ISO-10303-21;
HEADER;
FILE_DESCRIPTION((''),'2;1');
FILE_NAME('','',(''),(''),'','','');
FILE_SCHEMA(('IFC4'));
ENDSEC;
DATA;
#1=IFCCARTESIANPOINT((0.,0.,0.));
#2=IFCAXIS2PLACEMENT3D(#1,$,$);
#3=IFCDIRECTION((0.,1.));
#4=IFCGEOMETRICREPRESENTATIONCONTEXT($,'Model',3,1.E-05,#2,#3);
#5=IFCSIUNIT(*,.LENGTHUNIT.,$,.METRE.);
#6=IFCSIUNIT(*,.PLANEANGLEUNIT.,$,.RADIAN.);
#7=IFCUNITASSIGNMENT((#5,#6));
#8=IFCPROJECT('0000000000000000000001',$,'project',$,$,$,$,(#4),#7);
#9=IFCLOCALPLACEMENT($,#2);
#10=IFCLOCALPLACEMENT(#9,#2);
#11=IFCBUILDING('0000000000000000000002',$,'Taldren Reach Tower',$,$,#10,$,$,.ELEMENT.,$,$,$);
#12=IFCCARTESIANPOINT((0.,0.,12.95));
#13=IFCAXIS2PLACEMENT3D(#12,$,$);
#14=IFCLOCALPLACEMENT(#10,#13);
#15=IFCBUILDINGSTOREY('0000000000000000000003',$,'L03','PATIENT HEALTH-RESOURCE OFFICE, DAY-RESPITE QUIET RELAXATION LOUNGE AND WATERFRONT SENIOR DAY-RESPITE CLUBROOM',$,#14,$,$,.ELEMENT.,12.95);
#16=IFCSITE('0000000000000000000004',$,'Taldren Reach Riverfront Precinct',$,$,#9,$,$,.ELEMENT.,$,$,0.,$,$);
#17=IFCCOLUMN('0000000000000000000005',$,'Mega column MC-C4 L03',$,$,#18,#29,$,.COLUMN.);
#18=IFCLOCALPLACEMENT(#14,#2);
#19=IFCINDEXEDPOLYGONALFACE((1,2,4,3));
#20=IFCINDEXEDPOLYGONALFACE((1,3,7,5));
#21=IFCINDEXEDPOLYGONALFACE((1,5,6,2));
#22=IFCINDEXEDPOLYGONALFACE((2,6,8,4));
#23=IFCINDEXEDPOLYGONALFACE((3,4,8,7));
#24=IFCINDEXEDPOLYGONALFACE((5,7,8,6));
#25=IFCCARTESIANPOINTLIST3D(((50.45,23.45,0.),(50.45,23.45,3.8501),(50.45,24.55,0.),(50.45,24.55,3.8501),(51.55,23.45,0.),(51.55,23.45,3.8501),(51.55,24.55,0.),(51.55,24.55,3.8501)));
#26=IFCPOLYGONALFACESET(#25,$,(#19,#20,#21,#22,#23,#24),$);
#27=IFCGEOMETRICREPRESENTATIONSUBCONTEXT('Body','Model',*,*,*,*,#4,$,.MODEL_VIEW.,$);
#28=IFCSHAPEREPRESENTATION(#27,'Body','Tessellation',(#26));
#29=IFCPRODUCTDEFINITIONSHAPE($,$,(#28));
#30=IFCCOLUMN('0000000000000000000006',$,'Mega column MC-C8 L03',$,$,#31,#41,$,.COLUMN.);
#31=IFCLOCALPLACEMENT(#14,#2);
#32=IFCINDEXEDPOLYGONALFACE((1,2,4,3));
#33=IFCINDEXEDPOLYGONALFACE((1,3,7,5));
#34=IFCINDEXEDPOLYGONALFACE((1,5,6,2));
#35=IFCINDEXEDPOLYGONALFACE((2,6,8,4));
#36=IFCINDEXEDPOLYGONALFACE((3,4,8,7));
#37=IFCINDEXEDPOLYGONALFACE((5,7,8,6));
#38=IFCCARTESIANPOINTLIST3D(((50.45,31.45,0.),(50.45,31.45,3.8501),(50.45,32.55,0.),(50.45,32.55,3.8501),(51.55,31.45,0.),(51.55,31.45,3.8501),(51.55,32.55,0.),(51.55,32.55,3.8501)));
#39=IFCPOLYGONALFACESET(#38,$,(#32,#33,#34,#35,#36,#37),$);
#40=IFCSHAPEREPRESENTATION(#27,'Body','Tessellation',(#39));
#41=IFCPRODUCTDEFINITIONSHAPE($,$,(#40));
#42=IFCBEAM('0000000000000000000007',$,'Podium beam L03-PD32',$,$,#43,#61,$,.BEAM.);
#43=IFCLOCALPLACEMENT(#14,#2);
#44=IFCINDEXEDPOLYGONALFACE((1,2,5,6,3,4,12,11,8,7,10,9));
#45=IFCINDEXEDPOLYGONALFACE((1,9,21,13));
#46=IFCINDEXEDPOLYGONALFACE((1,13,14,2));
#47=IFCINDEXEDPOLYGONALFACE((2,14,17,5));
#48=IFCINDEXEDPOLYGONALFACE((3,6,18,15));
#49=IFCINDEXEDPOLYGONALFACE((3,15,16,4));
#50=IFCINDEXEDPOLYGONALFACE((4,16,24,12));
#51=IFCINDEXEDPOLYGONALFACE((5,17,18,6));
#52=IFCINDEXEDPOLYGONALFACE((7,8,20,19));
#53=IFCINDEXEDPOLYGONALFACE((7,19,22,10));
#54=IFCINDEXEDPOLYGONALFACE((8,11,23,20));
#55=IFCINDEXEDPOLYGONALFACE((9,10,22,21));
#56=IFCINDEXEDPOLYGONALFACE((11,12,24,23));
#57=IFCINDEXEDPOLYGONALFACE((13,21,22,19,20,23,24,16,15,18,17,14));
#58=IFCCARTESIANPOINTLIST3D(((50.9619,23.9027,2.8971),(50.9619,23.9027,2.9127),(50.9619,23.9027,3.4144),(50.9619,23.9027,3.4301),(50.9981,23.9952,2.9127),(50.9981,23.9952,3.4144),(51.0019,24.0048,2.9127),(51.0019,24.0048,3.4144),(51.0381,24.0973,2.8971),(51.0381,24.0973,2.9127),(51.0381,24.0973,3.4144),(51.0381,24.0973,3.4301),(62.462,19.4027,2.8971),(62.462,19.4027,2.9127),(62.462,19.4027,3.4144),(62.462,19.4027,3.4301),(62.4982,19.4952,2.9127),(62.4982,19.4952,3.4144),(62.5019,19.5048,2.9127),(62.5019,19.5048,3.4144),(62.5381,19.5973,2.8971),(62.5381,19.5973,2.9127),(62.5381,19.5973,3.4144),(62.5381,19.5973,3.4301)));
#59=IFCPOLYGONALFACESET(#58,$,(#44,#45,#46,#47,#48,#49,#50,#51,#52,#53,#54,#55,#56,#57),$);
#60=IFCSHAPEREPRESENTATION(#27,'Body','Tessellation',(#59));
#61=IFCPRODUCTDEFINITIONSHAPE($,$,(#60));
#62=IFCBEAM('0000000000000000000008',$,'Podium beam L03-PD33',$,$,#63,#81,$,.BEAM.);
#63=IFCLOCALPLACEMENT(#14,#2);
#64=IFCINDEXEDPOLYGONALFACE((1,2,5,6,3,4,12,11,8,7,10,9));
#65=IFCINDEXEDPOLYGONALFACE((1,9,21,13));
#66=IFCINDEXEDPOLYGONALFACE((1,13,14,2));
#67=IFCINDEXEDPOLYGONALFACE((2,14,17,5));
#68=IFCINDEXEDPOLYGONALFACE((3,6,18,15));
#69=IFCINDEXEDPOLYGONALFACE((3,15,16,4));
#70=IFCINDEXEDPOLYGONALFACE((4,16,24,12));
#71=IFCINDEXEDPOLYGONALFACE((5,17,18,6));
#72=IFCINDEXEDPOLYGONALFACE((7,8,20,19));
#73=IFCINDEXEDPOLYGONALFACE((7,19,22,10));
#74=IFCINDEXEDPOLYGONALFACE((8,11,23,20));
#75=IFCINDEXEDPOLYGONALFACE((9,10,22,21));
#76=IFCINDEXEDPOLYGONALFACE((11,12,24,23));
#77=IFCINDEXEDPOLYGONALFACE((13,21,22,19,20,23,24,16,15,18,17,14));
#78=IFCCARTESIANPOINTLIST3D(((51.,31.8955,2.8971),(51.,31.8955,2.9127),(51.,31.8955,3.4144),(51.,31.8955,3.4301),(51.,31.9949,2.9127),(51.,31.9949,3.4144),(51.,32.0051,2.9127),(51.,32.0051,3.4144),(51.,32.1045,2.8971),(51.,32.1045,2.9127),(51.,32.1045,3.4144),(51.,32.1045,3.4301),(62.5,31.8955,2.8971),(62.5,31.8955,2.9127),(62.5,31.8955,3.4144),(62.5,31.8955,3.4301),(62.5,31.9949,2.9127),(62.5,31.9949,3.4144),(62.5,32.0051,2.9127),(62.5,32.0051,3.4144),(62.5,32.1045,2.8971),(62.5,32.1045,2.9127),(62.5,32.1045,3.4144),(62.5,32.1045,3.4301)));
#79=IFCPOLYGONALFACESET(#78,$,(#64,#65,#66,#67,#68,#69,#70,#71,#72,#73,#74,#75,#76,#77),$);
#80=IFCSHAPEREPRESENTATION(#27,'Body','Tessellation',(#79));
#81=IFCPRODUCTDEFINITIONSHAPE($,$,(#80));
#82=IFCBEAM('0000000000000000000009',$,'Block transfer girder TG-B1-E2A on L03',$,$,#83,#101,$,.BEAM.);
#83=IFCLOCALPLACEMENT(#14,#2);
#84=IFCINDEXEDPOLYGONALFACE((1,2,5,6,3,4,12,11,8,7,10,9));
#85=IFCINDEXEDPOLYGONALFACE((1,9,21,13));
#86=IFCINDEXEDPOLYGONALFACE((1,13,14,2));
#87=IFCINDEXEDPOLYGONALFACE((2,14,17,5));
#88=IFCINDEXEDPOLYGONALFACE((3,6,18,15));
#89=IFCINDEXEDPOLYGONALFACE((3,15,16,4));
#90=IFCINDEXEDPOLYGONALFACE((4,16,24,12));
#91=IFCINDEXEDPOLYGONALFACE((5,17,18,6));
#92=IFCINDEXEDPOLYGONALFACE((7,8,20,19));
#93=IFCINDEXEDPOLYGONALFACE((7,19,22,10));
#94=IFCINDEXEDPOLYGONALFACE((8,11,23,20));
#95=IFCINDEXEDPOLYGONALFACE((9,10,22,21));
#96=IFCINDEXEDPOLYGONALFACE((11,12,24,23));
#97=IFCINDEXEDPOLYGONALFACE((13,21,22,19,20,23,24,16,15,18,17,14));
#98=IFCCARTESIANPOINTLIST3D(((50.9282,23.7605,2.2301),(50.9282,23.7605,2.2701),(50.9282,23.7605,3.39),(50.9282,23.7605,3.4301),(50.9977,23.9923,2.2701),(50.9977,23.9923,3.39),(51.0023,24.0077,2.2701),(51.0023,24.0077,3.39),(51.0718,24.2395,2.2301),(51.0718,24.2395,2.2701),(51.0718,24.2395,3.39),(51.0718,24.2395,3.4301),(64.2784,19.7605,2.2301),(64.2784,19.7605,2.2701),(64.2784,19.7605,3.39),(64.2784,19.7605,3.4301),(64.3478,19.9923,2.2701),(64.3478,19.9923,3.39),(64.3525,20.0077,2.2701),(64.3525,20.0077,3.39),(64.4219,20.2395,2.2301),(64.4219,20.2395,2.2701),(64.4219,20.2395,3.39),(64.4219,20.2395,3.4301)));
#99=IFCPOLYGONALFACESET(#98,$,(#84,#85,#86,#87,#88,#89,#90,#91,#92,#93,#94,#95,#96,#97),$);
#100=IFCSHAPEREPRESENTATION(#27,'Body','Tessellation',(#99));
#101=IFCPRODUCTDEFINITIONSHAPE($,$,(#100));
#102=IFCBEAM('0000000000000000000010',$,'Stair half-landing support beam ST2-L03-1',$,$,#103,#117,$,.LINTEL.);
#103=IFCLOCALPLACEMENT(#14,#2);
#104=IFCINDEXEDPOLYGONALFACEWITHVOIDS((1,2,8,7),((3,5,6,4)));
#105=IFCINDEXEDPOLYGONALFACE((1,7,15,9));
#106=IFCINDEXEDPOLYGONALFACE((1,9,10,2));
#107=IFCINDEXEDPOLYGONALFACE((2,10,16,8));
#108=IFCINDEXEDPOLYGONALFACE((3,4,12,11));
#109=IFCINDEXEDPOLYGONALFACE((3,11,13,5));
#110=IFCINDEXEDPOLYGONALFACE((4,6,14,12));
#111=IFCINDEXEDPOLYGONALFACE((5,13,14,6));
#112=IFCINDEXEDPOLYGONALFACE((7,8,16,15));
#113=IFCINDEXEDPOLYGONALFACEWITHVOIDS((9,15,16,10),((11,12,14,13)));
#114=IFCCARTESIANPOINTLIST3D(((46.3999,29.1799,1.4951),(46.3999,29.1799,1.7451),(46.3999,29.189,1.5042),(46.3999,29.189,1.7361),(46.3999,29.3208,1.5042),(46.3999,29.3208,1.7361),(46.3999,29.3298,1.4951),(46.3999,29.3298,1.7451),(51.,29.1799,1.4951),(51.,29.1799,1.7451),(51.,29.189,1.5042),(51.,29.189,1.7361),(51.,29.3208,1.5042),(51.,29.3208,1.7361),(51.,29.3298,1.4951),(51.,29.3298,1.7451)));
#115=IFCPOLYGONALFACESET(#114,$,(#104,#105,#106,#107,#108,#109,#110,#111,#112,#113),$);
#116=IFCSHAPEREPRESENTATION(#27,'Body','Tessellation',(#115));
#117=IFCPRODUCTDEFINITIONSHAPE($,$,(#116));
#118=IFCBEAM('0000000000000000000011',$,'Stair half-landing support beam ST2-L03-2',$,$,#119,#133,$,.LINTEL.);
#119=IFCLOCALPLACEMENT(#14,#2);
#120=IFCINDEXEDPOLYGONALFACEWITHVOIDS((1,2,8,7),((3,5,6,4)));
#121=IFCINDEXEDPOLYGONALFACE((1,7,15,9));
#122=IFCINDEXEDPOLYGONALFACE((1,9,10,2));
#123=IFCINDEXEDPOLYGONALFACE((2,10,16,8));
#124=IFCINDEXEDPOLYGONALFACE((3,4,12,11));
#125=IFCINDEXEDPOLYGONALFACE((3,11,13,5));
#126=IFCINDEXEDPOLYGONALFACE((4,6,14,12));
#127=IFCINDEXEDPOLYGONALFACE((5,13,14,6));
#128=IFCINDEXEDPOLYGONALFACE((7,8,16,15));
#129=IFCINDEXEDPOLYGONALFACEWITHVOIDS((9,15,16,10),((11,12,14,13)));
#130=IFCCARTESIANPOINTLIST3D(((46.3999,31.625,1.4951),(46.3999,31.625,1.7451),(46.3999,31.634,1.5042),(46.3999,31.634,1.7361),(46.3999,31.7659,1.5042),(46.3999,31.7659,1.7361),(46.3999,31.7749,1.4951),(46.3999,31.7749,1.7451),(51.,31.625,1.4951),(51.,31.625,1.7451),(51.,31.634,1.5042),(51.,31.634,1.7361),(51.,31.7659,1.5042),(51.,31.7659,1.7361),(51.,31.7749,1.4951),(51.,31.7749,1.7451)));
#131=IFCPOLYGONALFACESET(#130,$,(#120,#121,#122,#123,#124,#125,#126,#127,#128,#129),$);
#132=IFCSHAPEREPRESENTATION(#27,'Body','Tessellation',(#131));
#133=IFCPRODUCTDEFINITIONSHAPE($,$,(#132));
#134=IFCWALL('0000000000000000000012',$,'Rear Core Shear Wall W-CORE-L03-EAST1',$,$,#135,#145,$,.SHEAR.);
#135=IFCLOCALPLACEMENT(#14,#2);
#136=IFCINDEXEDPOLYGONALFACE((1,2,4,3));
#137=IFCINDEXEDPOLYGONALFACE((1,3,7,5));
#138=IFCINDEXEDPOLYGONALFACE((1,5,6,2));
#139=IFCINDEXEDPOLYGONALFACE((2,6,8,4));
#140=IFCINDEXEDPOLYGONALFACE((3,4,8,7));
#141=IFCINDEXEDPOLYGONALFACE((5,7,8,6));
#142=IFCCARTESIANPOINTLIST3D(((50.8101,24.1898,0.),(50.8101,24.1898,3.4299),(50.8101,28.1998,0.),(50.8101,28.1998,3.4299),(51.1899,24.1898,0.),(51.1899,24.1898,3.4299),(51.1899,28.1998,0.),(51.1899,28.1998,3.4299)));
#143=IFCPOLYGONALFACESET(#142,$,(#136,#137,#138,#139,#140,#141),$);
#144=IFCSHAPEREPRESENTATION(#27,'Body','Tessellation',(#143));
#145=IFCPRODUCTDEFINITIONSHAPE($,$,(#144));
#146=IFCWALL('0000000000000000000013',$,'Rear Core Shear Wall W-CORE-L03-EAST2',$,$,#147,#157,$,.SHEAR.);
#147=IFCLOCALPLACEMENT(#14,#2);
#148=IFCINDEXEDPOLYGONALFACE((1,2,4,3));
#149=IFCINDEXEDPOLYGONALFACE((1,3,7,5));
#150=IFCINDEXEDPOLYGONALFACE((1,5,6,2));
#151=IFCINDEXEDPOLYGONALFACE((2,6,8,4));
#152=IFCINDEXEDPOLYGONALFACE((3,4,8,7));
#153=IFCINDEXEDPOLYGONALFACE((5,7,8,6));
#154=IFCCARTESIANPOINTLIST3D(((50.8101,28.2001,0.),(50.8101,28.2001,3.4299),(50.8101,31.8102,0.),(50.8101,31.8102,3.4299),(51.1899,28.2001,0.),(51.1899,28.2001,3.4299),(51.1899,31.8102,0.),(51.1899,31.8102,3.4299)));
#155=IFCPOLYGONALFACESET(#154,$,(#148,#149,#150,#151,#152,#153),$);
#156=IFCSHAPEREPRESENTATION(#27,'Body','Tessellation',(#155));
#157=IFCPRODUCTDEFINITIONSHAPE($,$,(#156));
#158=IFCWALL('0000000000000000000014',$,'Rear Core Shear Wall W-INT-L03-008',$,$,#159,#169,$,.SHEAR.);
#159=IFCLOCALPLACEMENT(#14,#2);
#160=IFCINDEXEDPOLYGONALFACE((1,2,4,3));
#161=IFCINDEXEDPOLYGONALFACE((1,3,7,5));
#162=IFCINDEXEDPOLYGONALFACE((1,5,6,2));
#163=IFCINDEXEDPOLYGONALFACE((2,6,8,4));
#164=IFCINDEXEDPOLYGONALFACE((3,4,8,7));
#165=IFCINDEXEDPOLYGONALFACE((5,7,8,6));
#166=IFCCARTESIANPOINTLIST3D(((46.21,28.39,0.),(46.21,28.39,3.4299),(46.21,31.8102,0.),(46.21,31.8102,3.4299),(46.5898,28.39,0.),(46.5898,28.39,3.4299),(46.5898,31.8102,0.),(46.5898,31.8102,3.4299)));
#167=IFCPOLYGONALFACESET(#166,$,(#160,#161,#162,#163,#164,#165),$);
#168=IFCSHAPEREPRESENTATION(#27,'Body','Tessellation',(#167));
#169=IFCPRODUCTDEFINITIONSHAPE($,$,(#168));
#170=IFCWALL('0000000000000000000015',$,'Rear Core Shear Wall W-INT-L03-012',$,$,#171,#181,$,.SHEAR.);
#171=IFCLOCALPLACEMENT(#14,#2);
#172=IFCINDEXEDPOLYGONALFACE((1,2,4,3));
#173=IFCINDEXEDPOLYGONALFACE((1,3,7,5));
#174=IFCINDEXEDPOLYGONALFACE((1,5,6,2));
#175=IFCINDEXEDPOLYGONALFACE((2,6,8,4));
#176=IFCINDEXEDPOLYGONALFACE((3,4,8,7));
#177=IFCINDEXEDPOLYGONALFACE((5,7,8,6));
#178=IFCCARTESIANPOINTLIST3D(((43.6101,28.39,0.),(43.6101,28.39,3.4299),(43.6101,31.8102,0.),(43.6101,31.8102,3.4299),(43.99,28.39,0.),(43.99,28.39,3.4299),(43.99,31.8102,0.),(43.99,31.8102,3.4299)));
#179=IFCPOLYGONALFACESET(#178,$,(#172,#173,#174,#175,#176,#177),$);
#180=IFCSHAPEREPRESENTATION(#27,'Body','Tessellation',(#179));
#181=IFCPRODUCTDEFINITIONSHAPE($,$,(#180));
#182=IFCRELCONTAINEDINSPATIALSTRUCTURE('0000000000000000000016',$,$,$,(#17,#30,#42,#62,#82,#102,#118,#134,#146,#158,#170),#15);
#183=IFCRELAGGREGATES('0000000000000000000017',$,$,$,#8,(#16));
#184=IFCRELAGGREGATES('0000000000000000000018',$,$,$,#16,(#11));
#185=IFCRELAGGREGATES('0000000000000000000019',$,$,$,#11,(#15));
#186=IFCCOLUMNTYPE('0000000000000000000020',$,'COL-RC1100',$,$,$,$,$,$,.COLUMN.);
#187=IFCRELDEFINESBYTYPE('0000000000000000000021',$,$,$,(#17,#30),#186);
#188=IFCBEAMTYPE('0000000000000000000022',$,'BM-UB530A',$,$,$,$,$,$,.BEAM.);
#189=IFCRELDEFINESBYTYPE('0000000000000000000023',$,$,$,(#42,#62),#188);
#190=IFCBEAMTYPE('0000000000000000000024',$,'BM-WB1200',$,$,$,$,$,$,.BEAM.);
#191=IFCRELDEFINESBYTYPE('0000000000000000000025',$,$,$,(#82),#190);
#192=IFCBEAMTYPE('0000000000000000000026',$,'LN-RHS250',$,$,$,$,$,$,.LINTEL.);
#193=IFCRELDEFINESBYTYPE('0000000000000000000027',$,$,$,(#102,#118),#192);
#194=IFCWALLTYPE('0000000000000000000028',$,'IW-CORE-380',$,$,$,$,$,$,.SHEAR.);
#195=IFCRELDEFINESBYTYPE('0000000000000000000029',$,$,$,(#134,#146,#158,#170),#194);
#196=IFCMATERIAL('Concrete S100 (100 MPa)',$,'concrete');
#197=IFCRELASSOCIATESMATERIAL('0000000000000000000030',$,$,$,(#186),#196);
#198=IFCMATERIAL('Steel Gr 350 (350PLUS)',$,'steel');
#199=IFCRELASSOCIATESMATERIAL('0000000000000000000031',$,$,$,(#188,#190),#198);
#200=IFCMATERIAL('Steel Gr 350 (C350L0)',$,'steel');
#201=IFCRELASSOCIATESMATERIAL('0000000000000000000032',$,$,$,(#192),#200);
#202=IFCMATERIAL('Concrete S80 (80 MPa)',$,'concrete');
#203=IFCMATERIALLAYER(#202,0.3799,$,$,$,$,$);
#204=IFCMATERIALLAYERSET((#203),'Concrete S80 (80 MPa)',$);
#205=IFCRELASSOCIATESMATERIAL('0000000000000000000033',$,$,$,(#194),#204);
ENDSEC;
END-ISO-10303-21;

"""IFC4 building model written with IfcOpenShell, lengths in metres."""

from ifc_helpers import new_model, si_unit, direction, frame, frame_2d, origin, origin_2d, place, context, subcontext, project, spatial, rectangle, hollow_rectangle, i_section, extrude, source, transform, mapped, material, layer, layer_set, material_profile, profile_set, type_object, element, save


model = new_model("IFC4")

# Units and contexts
model_context = context("Model", 3, precision=1e-05, world=origin(), true_north=direction((0.0, 1.0)))
body_context = subcontext(model_context, "Body", "Model", "MODEL_VIEW")
ifc_project = project(units=[si_unit("LENGTHUNIT", "METRE"), si_unit("PLANEANGLEUNIT", "RADIAN")], contexts=[model_context])

# Site, building, storey
site_placement = place(None, origin())
site = spatial("IfcSite", under=ifc_project, at=site_placement, Name="Taldren Reach Riverfront Precinct", CompositionType="ELEMENT", RefElevation=0.0)
building_placement = place(site_placement, origin())
building = spatial("IfcBuilding", under=site, at=building_placement, Name="Taldren Reach Tower", CompositionType="ELEMENT")
storey_placement = place(building_placement, frame((0.0, 0.0, 12.95)))
storey = spatial("IfcBuildingStorey", under=building, at=storey_placement, Name="L03", Description="PATIENT HEALTH-RESOURCE OFFICE, DAY-RESPITE QUIET RELAXATION LOUNGE AND WATERFRONT SENIOR DAY-RESPITE CLUBROOM", CompositionType="ELEMENT", Elevation=12.95)

# Columns
ifc_material_1 = material(Name="Concrete S100 (100 MPa)", Category="concrete")
ifc_material_profile_1 = material_profile(ifc_material_1, rectangle(XDim=1.1001, YDim=1.1001, at=origin_2d()), Name="RC-1100x1100")
ifc_profile_set_1 = profile_set([ifc_material_profile_1], Name="Concrete S100 (100 MPa)")
column_type = type_object("IfcColumnType", Name="COL-RC1100", PredefinedType="COLUMN", material=ifc_profile_set_1)
shared_shape_1 = source(origin(), body_context, "Body", "SweptSolid", [
    extrude(rectangle(XDim=1.1001, YDim=1.1001, at=origin_2d()), origin(), (0.0, 0.0, 1.0), 3.8501),
])
for number, where, z_axis, x_axis, name in (
    (1, (51.0, 24.0, 0.0), (0.0, 0.0, 1.0), (1.0, 0.0, 0.0), "Mega column MC-C4 L03"),
    (2, (51.0, 32.0, 0.0), (0.0, 0.0, 1.0), (1.0, 0.0, 0.0), "Mega column MC-C8 L03"),
):
    element("IfcColumn", number, at=place(storey_placement, frame(where, z_axis=z_axis, x_axis=x_axis)), inside=storey, type_object=column_type, Name=name, PredefinedType="COLUMN", context=body_context, shape_type="MappedRepresentation", body=[
        mapped(shared_shape_1, transform((0.0, 0.0, 0.0), scale=1.0)),
    ])

# Beams
ifc_material_2 = material(Name="Steel Gr 350 (350PLUS)", Category="steel")
ifc_material_profile_2 = material_profile(ifc_material_2, i_section(OverallWidth=0.209, OverallDepth=0.533, WebThickness=0.0103, FlangeThickness=0.0156, at=origin_2d()), Name="530UB92.4")
ifc_profile_set_2 = profile_set([ifc_material_profile_2], Name="Steel Gr 350 (350PLUS)")
beam_type_1 = type_object("IfcBeamType", Name="BM-UB530A", PredefinedType="BEAM", material=ifc_profile_set_2)
shared_shape_2 = source(origin(), body_context, "Body", "SweptSolid", [
    extrude(i_section(OverallWidth=0.209, OverallDepth=0.533, WebThickness=0.0103, FlangeThickness=0.0156, at=origin_2d()), origin(), (0.0, 0.0, 1.0), 12.3491),
])
beam_1_placement = place(storey_placement, frame((51.0, 24.0, 3.1636), z_axis=(0.931243, -0.364399, 0.0), x_axis=(0.364399, 0.931243, 0.0)))
element("IfcBeam", 3, at=beam_1_placement, inside=storey, type_object=beam_type_1, Name="Podium beam L03-PD32", PredefinedType="BEAM", context=body_context, shape_type="MappedRepresentation", body=[
    mapped(shared_shape_2, transform((0.0, 0.0, 0.0), scale=1.0)),
])
shared_shape_3 = source(origin(), body_context, "Body", "SweptSolid", [
    extrude(i_section(OverallWidth=0.209, OverallDepth=0.533, WebThickness=0.0103, FlangeThickness=0.0156, at=origin_2d()), origin(), (0.0, 0.0, 1.0), 11.5),
])
beam_2_placement = place(storey_placement, frame((51.0, 32.0, 3.1636), z_axis=(1.0, 0.0, 0.0), x_axis=(0.0, 1.0, 0.0)))
element("IfcBeam", 4, at=beam_2_placement, inside=storey, type_object=beam_type_1, Name="Podium beam L03-PD33", PredefinedType="BEAM", context=body_context, shape_type="MappedRepresentation", body=[
    mapped(shared_shape_3, transform((0.0, 0.0, 0.0), scale=1.0)),
])
ifc_material_profile_3 = material_profile(ifc_material_2, i_section(OverallWidth=0.5, OverallDepth=1.2, WebThickness=0.0161, FlangeThickness=0.04, at=origin_2d()), Name="1200WB455")
ifc_profile_set_3 = profile_set([ifc_material_profile_3], Name="Steel Gr 350 (350PLUS)")
beam_type_2 = type_object("IfcBeamType", Name="BM-WB1200", PredefinedType="BEAM", material=ifc_profile_set_3)
shared_shape_4 = source(origin(), body_context, "Body", "SweptSolid", [
    extrude(i_section(OverallWidth=0.5, OverallDepth=1.2, WebThickness=0.0161, FlangeThickness=0.04, at=origin_2d()), origin(), (0.0, 0.0, 1.0), 13.9365),
])
beam_3_placement = place(storey_placement, frame((51.0, 24.0, 2.8301), z_axis=(0.957926, -0.287017, 0.0), x_axis=(0.287017, 0.957926, 0.0)))
element("IfcBeam", 5, at=beam_3_placement, inside=storey, type_object=beam_type_2, Name="Block transfer girder TG-B1-E2A on L03", PredefinedType="BEAM", context=body_context, shape_type="MappedRepresentation", body=[
    mapped(shared_shape_4, transform((0.0, 0.0, 0.0), scale=1.0)),
])
ifc_material_3 = material(Name="Steel Gr 350 (C350L0)", Category="steel")
ifc_material_profile_4 = material_profile(ifc_material_3, hollow_rectangle(XDim=0.1499, YDim=0.25, WallThickness=0.009, at=origin_2d()), Name="250x150x9.0RHS")
ifc_profile_set_4 = profile_set([ifc_material_profile_4], Name="Steel Gr 350 (C350L0)")
beam_type_3 = type_object("IfcBeamType", Name="LN-RHS250", PredefinedType="LINTEL", material=ifc_profile_set_4)
shared_shape_5 = source(origin(), body_context, "Body", "SweptSolid", [
    extrude(hollow_rectangle(XDim=0.1499, YDim=0.25, WallThickness=0.009, at=origin_2d()), origin(), (0.0, 0.0, 1.0), 4.6001),
])
for number, where, z_axis, x_axis, name in (
    (6, (46.3999, 29.2549, 1.6201), (1.0, 0.0, 0.0), (0.0, 1.0, 0.0), "Stair half-landing support beam ST2-L03-1"),
    (7, (46.3999, 31.7, 1.6201), (1.0, 0.0, 0.0), (0.0, 1.0, 0.0), "Stair half-landing support beam ST2-L03-2"),
):
    element("IfcBeam", number, at=place(storey_placement, frame(where, z_axis=z_axis, x_axis=x_axis)), inside=storey, type_object=beam_type_3, Name=name, PredefinedType="LINTEL", context=body_context, shape_type="MappedRepresentation", body=[
        mapped(shared_shape_5, transform((0.0, 0.0, 0.0), scale=1.0)),
    ])

# Walls
ifc_material_4 = material(Name="Concrete S80 (80 MPa)", Category="concrete")
ifc_layer_1 = layer(ifc_material_4, 0.3799)
ifc_layer_set_1 = layer_set([ifc_layer_1], Name="Concrete S80 (80 MPa)")
wall_type = type_object("IfcWallType", Name="IW-CORE-380", PredefinedType="SHEAR", material=ifc_layer_set_1)
shared_shape_6 = source(origin(), body_context, "Body", "SweptSolid", [
    extrude(rectangle(XDim=4.01, YDim=0.3799, at=frame_2d((2.0049, 0.0))), origin(), (0.0, 0.0, 1.0), 3.4299),
])
wall_1_placement = place(storey_placement, frame((51.0, 24.1899, 0.0), z_axis=(0.0, 0.0, 1.0), x_axis=(0.0, 1.0, 0.0)))
element("IfcWall", 8, at=wall_1_placement, inside=storey, type_object=wall_type, Name="Rear Core Shear Wall W-CORE-L03-EAST1", PredefinedType="SHEAR", context=body_context, shape_type="MappedRepresentation", body=[
    mapped(shared_shape_6, transform((0.0, 0.0, 0.0), scale=1.0)),
])
shared_shape_7 = source(origin(), body_context, "Body", "SweptSolid", [
    extrude(rectangle(XDim=3.6101, YDim=0.3799, at=frame_2d((1.8052, 0.0))), origin(), (0.0, 0.0, 1.0), 3.4299),
])
wall_2_placement = place(storey_placement, frame((51.0, 28.2, 0.0), z_axis=(0.0, 0.0, 1.0), x_axis=(0.0, 1.0, 0.0)))
element("IfcWall", 9, at=wall_2_placement, inside=storey, type_object=wall_type, Name="Rear Core Shear Wall W-CORE-L03-EAST2", PredefinedType="SHEAR", context=body_context, shape_type="MappedRepresentation", body=[
    mapped(shared_shape_7, transform((0.0, 0.0, 0.0), scale=1.0)),
])
shared_shape_8 = source(origin(), body_context, "Body", "SweptSolid", [
    extrude(rectangle(XDim=3.4202, YDim=0.3799, at=frame_2d((1.71, 0.0))), origin(), (0.0, 0.0, 1.0), 3.4299),
])
for number, where, z_axis, x_axis, name in (
    (10, (46.3999, 31.8101, 0.0), (0.0, 0.0, 1.0), (0.0, -1.0, 0.0), "Rear Core Shear Wall W-INT-L03-008"),
    (11, (43.8, 31.8101, 0.0), (0.0, 0.0, 1.0), (0.0, -1.0, 0.0), "Rear Core Shear Wall W-INT-L03-012"),
):
    element("IfcWall", number, at=place(storey_placement, frame(where, z_axis=z_axis, x_axis=x_axis)), inside=storey, type_object=wall_type, Name=name, PredefinedType="SHEAR", context=body_context, shape_type="MappedRepresentation", body=[
        mapped(shared_shape_8, transform((0.0, 0.0, 0.0), scale=1.0)),
    ])

save(model, "model.ifc")
